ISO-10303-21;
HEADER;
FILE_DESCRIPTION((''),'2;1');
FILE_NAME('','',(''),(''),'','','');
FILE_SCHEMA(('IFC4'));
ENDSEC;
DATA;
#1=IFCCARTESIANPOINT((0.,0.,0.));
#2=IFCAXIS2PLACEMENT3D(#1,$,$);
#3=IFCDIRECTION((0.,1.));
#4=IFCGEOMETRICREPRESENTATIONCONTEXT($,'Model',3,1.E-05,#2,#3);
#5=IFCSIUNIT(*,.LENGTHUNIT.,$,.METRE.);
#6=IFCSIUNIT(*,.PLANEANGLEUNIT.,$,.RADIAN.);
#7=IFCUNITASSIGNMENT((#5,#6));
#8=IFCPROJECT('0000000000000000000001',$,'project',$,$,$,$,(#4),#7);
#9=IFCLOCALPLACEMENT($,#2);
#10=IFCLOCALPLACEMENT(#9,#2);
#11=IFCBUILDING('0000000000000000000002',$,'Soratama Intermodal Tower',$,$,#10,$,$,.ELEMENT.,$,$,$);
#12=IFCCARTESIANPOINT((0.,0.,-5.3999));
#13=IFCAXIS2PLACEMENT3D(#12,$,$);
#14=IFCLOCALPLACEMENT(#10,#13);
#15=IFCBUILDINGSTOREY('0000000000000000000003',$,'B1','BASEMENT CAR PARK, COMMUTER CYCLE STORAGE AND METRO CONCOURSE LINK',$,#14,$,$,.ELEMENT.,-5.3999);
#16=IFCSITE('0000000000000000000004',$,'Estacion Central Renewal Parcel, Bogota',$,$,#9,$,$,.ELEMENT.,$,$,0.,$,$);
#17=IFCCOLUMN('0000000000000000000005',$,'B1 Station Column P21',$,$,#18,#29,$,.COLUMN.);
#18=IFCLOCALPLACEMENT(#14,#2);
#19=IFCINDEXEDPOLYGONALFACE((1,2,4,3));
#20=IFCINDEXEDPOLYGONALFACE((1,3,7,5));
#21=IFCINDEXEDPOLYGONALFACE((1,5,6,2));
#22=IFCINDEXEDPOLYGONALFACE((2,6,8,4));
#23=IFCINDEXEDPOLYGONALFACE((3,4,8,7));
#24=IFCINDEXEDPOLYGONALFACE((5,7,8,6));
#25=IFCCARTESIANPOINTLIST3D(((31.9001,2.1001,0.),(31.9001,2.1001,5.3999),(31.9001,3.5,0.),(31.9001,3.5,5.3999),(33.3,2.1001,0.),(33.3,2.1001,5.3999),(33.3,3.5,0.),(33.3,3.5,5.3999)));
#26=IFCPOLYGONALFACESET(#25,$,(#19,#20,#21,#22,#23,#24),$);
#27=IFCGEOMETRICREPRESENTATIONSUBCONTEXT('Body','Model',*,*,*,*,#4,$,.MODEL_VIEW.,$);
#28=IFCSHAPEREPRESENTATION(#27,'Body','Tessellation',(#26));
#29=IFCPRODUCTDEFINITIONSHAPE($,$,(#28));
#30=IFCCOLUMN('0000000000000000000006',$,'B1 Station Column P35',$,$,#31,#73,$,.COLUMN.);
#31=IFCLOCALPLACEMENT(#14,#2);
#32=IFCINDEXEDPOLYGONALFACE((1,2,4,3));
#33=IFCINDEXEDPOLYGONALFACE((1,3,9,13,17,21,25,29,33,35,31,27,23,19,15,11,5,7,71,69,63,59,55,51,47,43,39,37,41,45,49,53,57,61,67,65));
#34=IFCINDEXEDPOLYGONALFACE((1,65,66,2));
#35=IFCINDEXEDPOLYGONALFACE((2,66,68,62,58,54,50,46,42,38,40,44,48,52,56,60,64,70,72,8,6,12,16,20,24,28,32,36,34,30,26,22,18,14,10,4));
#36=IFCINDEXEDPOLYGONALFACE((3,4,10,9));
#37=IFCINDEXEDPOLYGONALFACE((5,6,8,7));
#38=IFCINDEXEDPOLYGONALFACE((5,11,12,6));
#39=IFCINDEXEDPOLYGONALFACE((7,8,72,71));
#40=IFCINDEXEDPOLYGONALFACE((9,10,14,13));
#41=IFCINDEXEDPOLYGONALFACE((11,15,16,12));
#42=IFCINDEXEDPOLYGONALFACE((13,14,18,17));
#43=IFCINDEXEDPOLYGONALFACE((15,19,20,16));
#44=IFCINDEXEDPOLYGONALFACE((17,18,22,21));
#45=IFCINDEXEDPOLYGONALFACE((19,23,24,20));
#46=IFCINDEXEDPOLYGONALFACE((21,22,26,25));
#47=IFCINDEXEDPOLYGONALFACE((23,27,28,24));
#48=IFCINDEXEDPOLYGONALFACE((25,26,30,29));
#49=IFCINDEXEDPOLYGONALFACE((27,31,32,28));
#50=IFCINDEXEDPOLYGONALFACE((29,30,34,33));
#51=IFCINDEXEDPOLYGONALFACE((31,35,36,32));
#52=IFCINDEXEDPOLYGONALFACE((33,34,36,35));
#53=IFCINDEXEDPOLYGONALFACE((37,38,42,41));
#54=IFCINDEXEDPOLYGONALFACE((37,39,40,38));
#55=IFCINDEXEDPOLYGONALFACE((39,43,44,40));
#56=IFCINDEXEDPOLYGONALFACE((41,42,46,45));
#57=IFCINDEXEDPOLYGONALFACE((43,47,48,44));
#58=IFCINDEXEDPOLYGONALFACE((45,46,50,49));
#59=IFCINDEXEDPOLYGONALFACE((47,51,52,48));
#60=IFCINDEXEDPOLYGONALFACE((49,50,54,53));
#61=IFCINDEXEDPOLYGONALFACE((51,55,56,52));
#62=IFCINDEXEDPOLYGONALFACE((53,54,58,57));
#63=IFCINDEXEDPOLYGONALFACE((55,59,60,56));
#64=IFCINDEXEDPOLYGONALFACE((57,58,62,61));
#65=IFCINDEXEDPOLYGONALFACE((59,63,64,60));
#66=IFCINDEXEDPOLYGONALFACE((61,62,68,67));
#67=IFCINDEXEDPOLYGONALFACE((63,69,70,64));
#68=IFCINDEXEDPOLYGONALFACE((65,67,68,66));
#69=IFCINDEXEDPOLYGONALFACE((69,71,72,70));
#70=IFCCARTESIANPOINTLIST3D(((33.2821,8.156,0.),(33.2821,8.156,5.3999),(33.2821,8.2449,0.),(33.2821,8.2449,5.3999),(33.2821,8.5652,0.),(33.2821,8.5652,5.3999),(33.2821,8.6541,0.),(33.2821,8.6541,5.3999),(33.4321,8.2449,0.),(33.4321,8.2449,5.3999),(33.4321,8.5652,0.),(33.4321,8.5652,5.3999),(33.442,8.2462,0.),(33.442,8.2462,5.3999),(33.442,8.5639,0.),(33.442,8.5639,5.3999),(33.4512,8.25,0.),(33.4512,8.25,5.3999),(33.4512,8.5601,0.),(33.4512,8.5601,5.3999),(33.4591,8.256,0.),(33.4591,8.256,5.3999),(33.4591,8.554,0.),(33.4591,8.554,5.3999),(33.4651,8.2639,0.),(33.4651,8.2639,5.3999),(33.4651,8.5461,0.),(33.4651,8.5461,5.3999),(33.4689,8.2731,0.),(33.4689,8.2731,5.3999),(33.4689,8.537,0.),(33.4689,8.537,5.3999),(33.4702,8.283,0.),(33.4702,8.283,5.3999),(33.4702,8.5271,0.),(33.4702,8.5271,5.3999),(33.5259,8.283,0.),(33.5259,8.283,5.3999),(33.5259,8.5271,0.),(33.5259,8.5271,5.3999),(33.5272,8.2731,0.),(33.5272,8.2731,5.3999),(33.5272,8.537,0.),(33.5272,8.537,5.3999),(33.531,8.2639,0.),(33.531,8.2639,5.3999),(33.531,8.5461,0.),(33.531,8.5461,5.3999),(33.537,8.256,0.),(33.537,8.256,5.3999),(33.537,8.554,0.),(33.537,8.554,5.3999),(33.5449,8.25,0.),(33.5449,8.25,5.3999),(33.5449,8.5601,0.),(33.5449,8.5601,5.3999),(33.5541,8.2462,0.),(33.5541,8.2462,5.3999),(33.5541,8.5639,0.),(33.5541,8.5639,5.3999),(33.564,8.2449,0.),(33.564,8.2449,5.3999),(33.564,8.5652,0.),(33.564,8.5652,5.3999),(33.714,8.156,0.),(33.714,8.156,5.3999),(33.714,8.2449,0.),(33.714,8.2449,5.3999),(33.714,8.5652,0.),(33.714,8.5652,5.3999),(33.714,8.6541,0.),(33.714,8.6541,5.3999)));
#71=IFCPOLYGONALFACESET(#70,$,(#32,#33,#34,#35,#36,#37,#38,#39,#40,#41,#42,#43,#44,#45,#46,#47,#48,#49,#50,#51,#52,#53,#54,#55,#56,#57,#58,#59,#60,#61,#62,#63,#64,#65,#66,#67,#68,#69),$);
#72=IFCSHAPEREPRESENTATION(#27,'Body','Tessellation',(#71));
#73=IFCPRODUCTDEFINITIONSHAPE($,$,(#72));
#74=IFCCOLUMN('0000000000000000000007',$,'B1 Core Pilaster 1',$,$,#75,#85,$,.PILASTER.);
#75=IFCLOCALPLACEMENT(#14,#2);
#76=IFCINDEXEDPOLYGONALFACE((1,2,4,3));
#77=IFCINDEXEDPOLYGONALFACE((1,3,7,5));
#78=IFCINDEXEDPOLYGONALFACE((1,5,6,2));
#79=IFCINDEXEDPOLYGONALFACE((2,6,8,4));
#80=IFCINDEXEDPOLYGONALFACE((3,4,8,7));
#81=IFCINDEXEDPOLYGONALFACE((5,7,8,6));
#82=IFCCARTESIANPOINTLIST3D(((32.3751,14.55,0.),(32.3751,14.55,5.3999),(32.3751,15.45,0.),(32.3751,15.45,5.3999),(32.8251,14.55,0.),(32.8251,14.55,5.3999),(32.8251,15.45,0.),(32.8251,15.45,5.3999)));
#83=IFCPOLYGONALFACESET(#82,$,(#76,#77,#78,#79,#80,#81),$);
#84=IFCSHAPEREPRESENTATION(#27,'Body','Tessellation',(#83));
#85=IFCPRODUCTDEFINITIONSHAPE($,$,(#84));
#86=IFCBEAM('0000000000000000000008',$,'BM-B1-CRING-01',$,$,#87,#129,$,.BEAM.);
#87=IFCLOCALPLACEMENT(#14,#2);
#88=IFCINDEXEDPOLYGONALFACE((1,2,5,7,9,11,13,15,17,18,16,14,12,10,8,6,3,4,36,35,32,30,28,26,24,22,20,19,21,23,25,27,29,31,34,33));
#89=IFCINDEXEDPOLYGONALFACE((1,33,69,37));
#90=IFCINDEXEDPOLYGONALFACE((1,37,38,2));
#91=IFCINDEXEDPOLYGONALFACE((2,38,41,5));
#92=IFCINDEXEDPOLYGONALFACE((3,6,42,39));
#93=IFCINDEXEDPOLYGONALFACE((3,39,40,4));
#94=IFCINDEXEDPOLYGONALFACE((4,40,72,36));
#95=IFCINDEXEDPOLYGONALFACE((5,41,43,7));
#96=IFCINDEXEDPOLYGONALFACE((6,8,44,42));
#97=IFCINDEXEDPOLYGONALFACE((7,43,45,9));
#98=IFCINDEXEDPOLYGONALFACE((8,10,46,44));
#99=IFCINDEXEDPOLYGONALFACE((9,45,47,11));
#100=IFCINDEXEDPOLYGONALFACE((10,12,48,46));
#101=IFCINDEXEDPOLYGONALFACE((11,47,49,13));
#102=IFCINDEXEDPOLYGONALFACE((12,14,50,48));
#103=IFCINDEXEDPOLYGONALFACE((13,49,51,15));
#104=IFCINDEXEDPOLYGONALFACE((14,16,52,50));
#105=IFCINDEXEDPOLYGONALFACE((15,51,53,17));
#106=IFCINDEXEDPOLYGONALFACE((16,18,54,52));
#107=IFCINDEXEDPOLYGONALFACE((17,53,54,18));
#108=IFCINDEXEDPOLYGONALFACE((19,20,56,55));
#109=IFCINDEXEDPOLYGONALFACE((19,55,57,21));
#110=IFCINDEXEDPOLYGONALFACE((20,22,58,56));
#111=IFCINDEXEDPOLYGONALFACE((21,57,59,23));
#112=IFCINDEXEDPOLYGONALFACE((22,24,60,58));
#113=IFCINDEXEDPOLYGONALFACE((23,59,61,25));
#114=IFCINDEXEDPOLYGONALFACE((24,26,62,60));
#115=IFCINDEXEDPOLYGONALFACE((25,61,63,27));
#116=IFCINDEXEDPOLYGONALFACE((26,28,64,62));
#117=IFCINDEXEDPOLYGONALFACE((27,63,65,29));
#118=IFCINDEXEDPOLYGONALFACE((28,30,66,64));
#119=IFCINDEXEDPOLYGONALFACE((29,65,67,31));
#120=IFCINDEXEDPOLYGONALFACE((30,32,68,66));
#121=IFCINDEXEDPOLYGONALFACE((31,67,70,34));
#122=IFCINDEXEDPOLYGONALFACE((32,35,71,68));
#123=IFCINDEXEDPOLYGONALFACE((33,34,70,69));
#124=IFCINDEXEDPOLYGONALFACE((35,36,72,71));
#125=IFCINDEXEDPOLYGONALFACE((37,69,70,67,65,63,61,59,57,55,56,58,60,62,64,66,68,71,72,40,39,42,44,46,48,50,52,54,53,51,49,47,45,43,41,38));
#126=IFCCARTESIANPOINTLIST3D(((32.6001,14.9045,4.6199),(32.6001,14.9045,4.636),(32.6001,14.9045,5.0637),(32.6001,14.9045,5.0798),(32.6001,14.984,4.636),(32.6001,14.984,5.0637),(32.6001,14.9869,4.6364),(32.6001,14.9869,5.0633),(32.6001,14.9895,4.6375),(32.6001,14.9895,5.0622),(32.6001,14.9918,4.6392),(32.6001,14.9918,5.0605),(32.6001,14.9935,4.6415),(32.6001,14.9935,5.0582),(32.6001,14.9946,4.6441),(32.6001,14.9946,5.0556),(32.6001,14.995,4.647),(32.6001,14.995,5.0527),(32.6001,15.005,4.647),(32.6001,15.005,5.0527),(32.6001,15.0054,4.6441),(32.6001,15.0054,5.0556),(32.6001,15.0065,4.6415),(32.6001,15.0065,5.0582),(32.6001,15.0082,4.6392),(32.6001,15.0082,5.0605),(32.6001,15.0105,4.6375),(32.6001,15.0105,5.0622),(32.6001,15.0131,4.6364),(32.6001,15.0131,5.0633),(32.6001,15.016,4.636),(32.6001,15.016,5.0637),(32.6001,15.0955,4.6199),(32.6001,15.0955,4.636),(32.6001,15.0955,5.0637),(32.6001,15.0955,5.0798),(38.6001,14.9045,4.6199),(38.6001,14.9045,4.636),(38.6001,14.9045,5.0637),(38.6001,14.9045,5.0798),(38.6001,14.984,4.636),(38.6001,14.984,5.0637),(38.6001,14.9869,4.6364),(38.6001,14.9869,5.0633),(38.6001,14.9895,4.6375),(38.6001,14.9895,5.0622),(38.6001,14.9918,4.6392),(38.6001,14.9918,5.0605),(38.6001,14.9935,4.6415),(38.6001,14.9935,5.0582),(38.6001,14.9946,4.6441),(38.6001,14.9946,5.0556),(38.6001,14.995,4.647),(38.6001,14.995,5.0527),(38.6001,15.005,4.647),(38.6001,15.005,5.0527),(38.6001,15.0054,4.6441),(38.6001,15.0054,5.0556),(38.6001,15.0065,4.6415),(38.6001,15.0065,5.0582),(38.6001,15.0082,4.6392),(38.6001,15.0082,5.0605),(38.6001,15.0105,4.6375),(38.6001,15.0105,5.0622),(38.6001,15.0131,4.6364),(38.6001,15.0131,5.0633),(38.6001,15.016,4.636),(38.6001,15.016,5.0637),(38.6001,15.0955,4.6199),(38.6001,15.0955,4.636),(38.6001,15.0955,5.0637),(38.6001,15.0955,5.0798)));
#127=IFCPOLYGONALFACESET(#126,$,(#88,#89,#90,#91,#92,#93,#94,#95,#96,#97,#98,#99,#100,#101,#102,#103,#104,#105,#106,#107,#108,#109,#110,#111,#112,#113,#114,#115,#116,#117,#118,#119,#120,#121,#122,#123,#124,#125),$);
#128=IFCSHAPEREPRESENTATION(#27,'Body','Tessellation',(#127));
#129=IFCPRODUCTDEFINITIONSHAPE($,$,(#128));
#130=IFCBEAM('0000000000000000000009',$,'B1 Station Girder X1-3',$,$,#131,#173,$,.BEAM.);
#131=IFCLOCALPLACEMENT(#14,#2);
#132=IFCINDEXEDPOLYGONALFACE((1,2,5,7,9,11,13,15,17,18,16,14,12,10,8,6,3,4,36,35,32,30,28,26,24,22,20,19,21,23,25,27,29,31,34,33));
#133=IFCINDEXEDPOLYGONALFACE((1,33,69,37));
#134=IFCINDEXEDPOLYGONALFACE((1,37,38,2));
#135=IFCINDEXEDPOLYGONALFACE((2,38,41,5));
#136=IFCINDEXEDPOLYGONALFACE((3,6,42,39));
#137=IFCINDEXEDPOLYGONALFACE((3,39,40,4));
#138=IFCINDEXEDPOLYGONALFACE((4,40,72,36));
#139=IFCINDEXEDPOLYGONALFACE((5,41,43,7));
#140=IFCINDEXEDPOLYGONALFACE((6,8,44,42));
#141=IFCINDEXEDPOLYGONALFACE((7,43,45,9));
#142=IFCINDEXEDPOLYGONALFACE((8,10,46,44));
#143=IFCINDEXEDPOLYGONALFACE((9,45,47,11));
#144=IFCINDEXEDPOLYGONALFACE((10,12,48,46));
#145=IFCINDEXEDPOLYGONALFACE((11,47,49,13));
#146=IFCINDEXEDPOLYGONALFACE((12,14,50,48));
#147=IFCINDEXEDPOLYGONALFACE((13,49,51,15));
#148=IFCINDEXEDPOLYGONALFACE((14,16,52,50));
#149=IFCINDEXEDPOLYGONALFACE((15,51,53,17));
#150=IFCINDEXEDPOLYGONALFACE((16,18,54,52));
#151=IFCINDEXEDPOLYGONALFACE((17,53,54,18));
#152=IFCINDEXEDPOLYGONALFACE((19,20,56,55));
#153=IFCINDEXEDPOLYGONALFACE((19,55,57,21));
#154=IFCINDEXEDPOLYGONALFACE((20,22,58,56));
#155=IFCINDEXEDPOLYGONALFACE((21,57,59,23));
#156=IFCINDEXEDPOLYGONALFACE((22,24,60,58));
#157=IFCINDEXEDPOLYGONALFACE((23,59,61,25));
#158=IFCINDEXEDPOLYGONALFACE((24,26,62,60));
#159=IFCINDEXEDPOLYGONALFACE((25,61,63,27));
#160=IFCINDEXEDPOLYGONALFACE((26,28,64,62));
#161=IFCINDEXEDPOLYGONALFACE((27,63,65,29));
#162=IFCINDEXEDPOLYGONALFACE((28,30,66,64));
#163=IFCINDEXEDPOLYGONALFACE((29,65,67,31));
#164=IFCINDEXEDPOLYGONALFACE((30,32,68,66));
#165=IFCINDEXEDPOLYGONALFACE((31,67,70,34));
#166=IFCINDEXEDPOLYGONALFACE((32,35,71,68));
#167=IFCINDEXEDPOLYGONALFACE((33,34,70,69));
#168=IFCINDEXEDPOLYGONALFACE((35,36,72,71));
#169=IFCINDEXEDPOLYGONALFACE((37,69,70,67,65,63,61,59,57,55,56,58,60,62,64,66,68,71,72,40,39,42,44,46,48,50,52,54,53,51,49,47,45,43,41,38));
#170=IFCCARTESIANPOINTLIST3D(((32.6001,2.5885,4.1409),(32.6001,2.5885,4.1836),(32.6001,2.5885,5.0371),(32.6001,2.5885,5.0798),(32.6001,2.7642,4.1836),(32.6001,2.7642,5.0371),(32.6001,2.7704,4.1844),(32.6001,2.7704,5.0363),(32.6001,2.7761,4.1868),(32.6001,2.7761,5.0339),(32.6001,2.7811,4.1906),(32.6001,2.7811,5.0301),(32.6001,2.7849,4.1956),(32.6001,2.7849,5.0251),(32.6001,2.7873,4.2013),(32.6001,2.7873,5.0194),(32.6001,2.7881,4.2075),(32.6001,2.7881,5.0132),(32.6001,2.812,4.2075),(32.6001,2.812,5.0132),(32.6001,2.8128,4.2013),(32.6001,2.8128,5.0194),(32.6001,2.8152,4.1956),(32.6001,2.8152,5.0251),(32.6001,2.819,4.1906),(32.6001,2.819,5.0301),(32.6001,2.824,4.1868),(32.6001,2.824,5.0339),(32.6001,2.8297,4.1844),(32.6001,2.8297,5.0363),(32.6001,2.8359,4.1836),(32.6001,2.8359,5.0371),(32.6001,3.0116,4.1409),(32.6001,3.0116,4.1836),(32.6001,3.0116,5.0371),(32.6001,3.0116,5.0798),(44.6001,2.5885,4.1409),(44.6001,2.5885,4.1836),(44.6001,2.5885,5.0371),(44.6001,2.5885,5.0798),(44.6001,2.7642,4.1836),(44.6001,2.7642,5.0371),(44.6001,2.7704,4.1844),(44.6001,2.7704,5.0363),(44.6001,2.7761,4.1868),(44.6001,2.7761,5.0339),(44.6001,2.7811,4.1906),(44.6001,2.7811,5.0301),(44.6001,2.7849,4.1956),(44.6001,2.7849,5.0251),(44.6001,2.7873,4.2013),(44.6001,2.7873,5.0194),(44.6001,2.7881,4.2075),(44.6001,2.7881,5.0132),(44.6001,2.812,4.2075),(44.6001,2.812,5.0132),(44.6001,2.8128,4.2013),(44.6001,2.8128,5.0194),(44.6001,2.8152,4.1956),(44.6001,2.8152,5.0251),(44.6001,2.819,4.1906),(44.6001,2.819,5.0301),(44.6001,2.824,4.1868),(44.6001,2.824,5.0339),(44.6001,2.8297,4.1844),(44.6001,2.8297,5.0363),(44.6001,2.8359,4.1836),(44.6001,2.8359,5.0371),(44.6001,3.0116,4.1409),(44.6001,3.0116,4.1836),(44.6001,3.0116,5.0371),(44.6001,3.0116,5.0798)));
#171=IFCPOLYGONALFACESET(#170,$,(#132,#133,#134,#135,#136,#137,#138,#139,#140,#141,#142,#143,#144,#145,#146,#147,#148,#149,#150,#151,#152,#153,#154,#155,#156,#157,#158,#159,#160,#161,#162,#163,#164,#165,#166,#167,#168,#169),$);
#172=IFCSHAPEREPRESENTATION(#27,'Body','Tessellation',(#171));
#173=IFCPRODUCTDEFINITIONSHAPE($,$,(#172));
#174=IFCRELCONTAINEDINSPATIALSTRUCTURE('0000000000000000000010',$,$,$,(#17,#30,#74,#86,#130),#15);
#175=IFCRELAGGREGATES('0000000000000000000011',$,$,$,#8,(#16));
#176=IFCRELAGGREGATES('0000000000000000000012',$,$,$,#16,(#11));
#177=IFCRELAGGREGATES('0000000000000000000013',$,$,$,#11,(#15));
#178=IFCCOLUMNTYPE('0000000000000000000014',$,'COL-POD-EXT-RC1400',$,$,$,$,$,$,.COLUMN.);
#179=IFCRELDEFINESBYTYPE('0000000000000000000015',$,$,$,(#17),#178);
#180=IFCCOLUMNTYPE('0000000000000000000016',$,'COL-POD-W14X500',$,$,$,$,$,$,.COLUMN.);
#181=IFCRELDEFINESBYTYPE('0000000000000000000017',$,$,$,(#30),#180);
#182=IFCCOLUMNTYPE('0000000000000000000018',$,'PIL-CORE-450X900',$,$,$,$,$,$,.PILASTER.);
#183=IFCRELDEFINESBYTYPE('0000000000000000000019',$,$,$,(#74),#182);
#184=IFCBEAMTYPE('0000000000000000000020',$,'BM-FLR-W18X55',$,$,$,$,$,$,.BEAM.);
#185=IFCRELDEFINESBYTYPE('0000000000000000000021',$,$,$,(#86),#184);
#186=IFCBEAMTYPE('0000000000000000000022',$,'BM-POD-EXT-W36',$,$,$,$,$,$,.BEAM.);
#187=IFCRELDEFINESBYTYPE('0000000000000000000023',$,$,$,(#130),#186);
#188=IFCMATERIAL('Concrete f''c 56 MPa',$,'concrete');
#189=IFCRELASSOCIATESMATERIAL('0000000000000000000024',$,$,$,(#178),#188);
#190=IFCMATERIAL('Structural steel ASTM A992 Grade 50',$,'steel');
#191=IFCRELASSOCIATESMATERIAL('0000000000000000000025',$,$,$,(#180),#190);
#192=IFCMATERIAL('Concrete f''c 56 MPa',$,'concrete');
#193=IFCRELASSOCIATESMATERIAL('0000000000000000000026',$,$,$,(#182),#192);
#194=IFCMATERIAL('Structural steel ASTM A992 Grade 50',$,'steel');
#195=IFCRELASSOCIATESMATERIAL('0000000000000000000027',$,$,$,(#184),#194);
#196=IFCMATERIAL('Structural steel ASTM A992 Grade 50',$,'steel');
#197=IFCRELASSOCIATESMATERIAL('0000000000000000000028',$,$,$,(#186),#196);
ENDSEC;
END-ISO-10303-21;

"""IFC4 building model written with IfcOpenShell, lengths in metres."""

from ifc_helpers import new_model, si_unit, direction, frame, origin, origin_2d, place, context, subcontext, project, spatial, rectangle, i_section, extrude, material, material_profile, profile_set, type_object, element, save


model = new_model("IFC4")

# Units and contexts
model_context = context("Model", 3, precision=1e-05, world=origin(), true_north=direction((0.0, 1.0)))
body_context = subcontext(model_context, "Body", "Model", "MODEL_VIEW")
ifc_project = project(units=[si_unit("LENGTHUNIT", "METRE"), si_unit("PLANEANGLEUNIT", "RADIAN")], contexts=[model_context])

# Site, building, storey
site_placement = place(None, origin())
site = spatial("IfcSite", under=ifc_project, at=site_placement, Name="Estacion Central Renewal Parcel, Bogota", CompositionType="ELEMENT", RefElevation=0.0)
building_placement = place(site_placement, origin())
building = spatial("IfcBuilding", under=site, at=building_placement, Name="Soratama Intermodal Tower", CompositionType="ELEMENT")
storey_placement = place(building_placement, frame((0.0, 0.0, -5.3999)))
storey = spatial("IfcBuildingStorey", under=building, at=storey_placement, Name="B1", Description="BASEMENT CAR PARK, COMMUTER CYCLE STORAGE AND METRO CONCOURSE LINK", CompositionType="ELEMENT", Elevation=-5.3999)

# Columns
ifc_material_1 = material(Name="Concrete f'c 56 MPa", Category="concrete")
ifc_material_profile_1 = material_profile(ifc_material_1, rectangle(XDim=1.3999, YDim=1.3999, at=origin_2d()), Name="RC1400X1400")
ifc_profile_set_1 = profile_set([ifc_material_profile_1], Name="Concrete f'c 56 MPa")
column_type_1 = type_object("IfcColumnType", Name="COL-POD-EXT-RC1400", PredefinedType="COLUMN", material=ifc_profile_set_1)
column_1_placement = place(storey_placement, frame((32.6001, 2.8, 0.0), z_axis=(0.0, 0.0, 1.0), x_axis=(1.0, 0.0, 0.0)))
element("IfcColumn", 1, at=column_1_placement, inside=storey, type_object=column_type_1, Name="B1 Station Column P21", PredefinedType="COLUMN", context=body_context, shape_type="SweptSolid", body=[
    extrude(rectangle(XDim=1.3999, YDim=1.3999, at=origin_2d()), origin(), (0.0, 0.0, 1.0), 5.3999),
])
ifc_material_2 = material(Name="Structural steel ASTM A992 Grade 50", Category="steel")
ifc_material_profile_2 = material_profile(ifc_material_2, i_section(OverallWidth=0.4319, OverallDepth=0.498, WebThickness=0.0557, FlangeThickness=0.0889, FilletRadius=0.0381, at=origin_2d()), Name="W14X500")
ifc_profile_set_2 = profile_set([ifc_material_profile_2], Name="Structural steel ASTM A992 Grade 50")
column_type_2 = type_object("IfcColumnType", Name="COL-POD-W14X500", PredefinedType="COLUMN", material=ifc_profile_set_2)
column_2_placement = place(storey_placement, frame((33.498, 8.405, 0.0), z_axis=(0.0, 0.0, 1.0), x_axis=(1.0, 0.0, 0.0)))
element("IfcColumn", 2, at=column_2_placement, inside=storey, type_object=column_type_2, Name="B1 Station Column P35", PredefinedType="COLUMN", context=body_context, shape_type="SweptSolid", body=[
    extrude(i_section(OverallWidth=0.4319, OverallDepth=0.498, WebThickness=0.0557, FlangeThickness=0.0889, FilletRadius=0.0381, at=origin_2d()), origin(), (0.0, 0.0, 1.0), 5.3999),
])
ifc_material_3 = material(Name="Concrete f'c 56 MPa", Category="concrete")
ifc_material_profile_3 = material_profile(ifc_material_3, rectangle(XDim=0.45, YDim=0.8999, at=origin_2d()), Name="RC450X900")
ifc_profile_set_3 = profile_set([ifc_material_profile_3], Name="Concrete f'c 56 MPa")
column_type_3 = type_object("IfcColumnType", Name="PIL-CORE-450X900", PredefinedType="PILASTER", material=ifc_profile_set_3)
column_3_placement = place(storey_placement, frame((32.6001, 15.0, 0.0), z_axis=(0.0, 0.0, 1.0), x_axis=(1.0, 0.0, 0.0)))
element("IfcColumn", 3, at=column_3_placement, inside=storey, type_object=column_type_3, Name="B1 Core Pilaster 1", PredefinedType="PILASTER", context=body_context, shape_type="SweptSolid", body=[
    extrude(rectangle(XDim=0.45, YDim=0.8999, at=origin_2d()), origin(), (0.0, 0.0, 1.0), 5.3999),
])

# Beams
ifc_material_4 = material(Name="Structural steel ASTM A992 Grade 50", Category="steel")
ifc_material_profile_4 = material_profile(ifc_material_4, i_section(OverallWidth=0.1909, OverallDepth=0.46, WebThickness=0.01, FlangeThickness=0.0161, FilletRadius=0.011, at=origin_2d()), Name="W18X55")
ifc_profile_set_4 = profile_set([ifc_material_profile_4], Name="Structural steel ASTM A992 Grade 50")
beam_type_1 = type_object("IfcBeamType", Name="BM-FLR-W18X55", PredefinedType="BEAM", material=ifc_profile_set_4)
beam_1_placement = place(storey_placement, frame((32.6001, 15.0, 4.8499), z_axis=(1.0, 0.0, 0.0), x_axis=(0.0, 1.0, 0.0)))
element("IfcBeam", 4, at=beam_1_placement, inside=storey, type_object=beam_type_1, Name="BM-B1-CRING-01", PredefinedType="BEAM", context=body_context, shape_type="SweptSolid", body=[
    extrude(i_section(OverallWidth=0.1909, OverallDepth=0.46, WebThickness=0.01, FlangeThickness=0.0161, FilletRadius=0.011, at=origin_2d()), origin(), (0.0, 0.0, 1.0), 6.0),
])
ifc_material_5 = material(Name="Structural steel ASTM A992 Grade 50", Category="steel")
ifc_material_profile_5 = material_profile(ifc_material_5, i_section(OverallWidth=0.4231, OverallDepth=0.939, WebThickness=0.0239, FlangeThickness=0.0427, FilletRadius=0.0239, at=origin_2d()), Name="W36X302")
ifc_profile_set_5 = profile_set([ifc_material_profile_5], Name="Structural steel ASTM A992 Grade 50")
beam_type_2 = type_object("IfcBeamType", Name="BM-POD-EXT-W36", PredefinedType="BEAM", material=ifc_profile_set_5)
beam_2_placement = place(storey_placement, frame((32.6001, 2.8, 4.6104), z_axis=(1.0, 0.0, 0.0), x_axis=(0.0, 1.0, 0.0)))
element("IfcBeam", 5, at=beam_2_placement, inside=storey, type_object=beam_type_2, Name="B1 Station Girder X1-3", PredefinedType="BEAM", context=body_context, shape_type="SweptSolid", body=[
    extrude(i_section(OverallWidth=0.4231, OverallDepth=0.939, WebThickness=0.0239, FlangeThickness=0.0427, FilletRadius=0.0239, at=origin_2d()), origin(), (0.0, 0.0, 1.0), 12.0),
])

save(model, "model.ifc")
